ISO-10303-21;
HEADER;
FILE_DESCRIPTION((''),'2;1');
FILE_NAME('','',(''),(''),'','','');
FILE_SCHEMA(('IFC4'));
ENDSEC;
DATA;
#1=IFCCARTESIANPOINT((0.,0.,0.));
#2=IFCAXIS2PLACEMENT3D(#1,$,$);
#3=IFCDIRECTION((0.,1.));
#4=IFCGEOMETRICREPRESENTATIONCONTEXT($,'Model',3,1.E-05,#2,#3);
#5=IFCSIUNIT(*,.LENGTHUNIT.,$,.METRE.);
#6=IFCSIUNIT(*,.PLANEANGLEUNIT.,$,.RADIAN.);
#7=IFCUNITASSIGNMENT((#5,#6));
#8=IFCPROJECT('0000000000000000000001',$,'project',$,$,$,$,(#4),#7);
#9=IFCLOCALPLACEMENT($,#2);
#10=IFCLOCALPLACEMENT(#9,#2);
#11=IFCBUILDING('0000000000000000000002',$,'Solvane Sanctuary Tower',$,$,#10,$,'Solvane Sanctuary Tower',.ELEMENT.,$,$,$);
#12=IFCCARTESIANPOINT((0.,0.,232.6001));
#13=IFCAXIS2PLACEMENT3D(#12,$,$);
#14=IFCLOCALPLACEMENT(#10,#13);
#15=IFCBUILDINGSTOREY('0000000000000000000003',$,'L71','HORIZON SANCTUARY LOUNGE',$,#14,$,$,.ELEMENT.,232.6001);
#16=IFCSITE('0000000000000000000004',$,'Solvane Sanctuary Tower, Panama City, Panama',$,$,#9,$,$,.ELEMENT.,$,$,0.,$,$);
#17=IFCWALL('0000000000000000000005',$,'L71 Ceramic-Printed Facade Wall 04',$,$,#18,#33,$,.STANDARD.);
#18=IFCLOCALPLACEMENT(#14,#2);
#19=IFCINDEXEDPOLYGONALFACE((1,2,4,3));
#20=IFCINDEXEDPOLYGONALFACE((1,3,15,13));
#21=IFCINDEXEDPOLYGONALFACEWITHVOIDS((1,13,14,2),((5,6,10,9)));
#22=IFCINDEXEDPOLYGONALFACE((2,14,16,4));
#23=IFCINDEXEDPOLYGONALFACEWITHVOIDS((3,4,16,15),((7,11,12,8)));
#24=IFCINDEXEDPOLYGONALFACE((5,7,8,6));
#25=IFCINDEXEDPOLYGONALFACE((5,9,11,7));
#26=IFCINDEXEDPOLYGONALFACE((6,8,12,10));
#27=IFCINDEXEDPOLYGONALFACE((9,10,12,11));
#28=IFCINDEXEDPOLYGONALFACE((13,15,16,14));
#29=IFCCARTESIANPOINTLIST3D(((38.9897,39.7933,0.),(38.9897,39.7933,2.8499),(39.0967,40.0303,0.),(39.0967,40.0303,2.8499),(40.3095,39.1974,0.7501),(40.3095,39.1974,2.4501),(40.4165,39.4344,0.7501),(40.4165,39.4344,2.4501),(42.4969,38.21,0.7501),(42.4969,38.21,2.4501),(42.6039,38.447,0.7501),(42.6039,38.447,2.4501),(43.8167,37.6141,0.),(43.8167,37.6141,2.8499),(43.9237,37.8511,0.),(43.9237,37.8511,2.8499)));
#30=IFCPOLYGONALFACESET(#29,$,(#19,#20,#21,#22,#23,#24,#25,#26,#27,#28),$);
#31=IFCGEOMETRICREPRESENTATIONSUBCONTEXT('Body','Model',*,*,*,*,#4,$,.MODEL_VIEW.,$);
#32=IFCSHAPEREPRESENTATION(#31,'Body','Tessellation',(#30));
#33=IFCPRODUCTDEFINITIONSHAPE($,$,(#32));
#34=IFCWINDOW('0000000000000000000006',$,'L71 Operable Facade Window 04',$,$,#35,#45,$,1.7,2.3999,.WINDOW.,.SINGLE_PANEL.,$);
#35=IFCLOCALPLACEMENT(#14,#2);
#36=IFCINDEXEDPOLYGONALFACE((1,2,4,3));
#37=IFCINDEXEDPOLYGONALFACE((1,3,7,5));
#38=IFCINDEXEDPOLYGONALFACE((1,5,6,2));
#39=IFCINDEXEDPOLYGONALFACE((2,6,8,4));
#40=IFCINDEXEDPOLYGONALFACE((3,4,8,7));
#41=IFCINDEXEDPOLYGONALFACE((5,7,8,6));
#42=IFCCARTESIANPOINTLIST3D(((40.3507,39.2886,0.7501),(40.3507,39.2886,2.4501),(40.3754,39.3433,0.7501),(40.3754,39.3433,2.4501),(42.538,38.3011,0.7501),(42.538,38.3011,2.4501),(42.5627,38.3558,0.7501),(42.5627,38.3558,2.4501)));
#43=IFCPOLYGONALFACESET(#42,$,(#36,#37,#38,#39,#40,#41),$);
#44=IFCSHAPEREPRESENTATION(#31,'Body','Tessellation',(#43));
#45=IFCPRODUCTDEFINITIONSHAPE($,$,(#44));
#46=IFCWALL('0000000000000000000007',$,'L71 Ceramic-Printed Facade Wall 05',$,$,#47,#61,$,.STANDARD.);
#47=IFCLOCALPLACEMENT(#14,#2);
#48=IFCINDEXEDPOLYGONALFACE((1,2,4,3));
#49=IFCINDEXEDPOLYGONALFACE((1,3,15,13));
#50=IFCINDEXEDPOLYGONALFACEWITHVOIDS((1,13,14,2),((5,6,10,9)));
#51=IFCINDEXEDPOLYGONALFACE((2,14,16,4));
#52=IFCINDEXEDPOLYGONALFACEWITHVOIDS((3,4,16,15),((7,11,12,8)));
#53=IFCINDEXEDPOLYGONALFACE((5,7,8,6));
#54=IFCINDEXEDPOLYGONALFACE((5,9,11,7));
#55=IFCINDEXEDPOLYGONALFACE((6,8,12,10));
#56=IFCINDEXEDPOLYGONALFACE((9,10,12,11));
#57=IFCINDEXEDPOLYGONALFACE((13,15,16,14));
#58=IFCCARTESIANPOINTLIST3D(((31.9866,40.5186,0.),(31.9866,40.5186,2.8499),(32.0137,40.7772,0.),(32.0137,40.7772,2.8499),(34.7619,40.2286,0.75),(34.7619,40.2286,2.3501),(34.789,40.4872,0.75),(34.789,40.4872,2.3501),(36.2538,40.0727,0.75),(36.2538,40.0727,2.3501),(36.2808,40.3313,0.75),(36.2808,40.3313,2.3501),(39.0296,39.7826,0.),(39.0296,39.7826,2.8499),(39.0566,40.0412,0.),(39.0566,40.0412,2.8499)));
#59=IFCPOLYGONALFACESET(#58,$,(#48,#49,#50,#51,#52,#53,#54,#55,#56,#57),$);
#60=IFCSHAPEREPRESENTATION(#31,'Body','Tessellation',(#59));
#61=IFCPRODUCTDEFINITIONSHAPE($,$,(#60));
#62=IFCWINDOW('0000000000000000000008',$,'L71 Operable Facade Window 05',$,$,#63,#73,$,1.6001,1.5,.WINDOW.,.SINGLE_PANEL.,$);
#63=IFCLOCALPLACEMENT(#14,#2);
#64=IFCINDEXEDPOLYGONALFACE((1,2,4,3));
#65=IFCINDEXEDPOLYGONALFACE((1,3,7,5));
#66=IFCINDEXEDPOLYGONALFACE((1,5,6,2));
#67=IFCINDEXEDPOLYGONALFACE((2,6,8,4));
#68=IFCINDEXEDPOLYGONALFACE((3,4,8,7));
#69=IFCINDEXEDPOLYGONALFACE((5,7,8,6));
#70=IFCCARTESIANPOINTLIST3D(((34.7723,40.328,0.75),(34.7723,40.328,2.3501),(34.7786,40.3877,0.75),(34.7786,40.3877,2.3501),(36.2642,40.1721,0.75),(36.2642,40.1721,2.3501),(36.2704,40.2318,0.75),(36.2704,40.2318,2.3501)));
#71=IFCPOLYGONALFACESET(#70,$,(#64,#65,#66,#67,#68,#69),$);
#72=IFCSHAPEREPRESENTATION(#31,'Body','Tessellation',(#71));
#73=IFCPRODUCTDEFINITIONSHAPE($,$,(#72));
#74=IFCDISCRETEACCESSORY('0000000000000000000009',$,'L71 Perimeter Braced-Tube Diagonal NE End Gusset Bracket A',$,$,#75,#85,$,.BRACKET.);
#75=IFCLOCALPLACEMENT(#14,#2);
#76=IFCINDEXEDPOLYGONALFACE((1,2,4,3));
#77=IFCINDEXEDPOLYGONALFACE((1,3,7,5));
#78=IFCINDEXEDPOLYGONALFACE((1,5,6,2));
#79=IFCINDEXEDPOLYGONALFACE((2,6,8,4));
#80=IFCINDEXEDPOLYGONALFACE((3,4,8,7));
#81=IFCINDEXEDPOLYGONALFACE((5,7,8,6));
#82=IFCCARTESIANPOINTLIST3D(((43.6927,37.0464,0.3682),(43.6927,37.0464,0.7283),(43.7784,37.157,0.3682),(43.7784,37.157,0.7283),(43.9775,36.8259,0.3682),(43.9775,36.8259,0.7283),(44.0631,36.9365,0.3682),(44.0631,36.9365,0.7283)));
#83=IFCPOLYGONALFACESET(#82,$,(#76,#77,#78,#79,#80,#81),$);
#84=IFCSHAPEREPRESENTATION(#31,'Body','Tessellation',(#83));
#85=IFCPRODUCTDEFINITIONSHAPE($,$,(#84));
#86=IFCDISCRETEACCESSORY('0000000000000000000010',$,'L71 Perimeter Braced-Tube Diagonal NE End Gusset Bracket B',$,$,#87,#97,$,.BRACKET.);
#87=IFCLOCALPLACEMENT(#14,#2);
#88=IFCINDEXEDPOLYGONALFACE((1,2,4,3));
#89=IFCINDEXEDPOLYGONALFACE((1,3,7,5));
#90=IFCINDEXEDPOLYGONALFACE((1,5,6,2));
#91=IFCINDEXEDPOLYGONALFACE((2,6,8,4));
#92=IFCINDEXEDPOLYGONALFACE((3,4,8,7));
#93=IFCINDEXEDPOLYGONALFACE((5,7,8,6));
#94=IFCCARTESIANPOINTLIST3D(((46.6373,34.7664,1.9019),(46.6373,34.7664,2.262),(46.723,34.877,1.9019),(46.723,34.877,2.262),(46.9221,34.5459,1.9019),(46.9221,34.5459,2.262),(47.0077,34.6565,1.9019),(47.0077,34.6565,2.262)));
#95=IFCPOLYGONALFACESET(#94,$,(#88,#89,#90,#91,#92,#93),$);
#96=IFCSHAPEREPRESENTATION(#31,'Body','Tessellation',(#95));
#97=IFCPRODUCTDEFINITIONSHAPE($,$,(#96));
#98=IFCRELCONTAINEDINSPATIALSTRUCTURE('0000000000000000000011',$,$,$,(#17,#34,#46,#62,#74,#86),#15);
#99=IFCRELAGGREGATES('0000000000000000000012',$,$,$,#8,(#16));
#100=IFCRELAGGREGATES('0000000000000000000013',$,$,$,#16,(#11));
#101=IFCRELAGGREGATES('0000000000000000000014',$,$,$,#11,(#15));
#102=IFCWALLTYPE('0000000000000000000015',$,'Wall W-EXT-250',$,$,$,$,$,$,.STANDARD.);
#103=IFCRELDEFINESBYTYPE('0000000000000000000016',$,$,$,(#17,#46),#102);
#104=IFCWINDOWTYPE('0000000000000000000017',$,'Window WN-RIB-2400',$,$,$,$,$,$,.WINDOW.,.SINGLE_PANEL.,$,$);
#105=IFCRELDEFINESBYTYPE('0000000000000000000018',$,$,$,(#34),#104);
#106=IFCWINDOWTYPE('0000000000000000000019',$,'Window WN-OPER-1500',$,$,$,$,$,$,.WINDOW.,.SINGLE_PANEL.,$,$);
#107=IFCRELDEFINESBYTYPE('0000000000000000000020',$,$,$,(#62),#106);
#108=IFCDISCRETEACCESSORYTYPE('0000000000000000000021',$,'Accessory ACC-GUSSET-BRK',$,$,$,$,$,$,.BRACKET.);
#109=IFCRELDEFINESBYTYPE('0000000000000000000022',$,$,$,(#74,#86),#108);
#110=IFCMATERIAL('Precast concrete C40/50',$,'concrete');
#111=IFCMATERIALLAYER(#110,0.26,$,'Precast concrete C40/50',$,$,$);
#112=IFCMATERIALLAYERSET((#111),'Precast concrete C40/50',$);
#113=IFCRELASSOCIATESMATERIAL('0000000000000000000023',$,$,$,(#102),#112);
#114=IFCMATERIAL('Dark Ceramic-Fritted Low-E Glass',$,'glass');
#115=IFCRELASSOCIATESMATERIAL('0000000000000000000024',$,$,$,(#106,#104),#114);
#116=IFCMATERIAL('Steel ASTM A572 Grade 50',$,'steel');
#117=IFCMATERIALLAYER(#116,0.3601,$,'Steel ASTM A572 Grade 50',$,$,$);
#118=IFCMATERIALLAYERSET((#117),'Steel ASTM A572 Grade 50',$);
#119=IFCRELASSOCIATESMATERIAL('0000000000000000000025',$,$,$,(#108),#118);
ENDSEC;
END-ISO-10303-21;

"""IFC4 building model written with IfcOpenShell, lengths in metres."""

from ifc_helpers import new_model, si_unit, direction, frame, frame_2d, origin, origin_2d, place, context, subcontext, project, spatial, rectangle, extrude, material, layer, layer_set, type_object, element, fill, save


model = new_model("IFC4")

# Units and contexts
model_context = context("Model", 3, precision=1e-05, world=origin(), true_north=direction((0.0, 1.0)))
body_context = subcontext(model_context, "Body", "Model", "MODEL_VIEW")
ifc_project = project(units=[si_unit("LENGTHUNIT", "METRE"), si_unit("PLANEANGLEUNIT", "RADIAN")], contexts=[model_context])

# Site, building, storey
site_placement = place(None, origin())
site = spatial("IfcSite", under=ifc_project, at=site_placement, Name="Solvane Sanctuary Tower, Panama City, Panama", CompositionType="ELEMENT", RefElevation=0.0)
building_placement = place(site_placement, origin())
building = spatial("IfcBuilding", under=site, at=building_placement, Name="Solvane Sanctuary Tower", LongName="Solvane Sanctuary Tower", CompositionType="ELEMENT")
storey_placement = place(building_placement, frame((0.0, 0.0, 232.6001)))
storey = spatial("IfcBuildingStorey", under=building, at=storey_placement, Name="L71", Description="HORIZON SANCTUARY LOUNGE", CompositionType="ELEMENT", Elevation=232.6001)

# Shared definitions
ifc_material_1 = material(Name="Precast concrete C40/50", Category="concrete")
ifc_layer_1 = layer(ifc_material_1, 0.26, Name="Precast concrete C40/50")
ifc_layer_set_1 = layer_set([ifc_layer_1], Name="Precast concrete C40/50")
wall_type_1 = type_object("IfcWallType", Name="Wall W-EXT-250", PredefinedType="STANDARD", material=ifc_layer_set_1)
ifc_material_2 = material(Name="Dark Ceramic-Fritted Low-E Glass", Category="glass")
window_type_1 = type_object("IfcWindowType", Name="Window WN-OPER-1500", PartitioningType="SINGLE_PANEL", PredefinedType="WINDOW", material=ifc_material_2)

# Walls, openings, windows
wall_1_placement = place(storey_placement, frame((43.8701, 37.7327, 0.0), z_axis=(0.0, 0.0, 1.0), x_axis=(-0.911427, 0.411461, 0.0)))
wall_1 = element("IfcWall", 1, at=wall_1_placement, inside=storey, type_object=wall_type_1, Name="L71 Ceramic-Printed Facade Wall 04", PredefinedType="STANDARD", context=body_context, shape_type="SweptSolid", body=[
    extrude(rectangle(XDim=5.2961, YDim=0.26, at=frame_2d((2.6479, 0.0))), origin(), (0.0, 0.0, 1.0), 2.8499),
])
opening_1_placement = place(wall_1_placement, frame((1.448, 0.0, 0.75)))
opening_1 = element("IfcOpeningElement", 2, at=opening_1_placement, cuts=wall_1, PredefinedType="OPENING", context=body_context, shape_type="SweptSolid", body=[
    extrude(rectangle(XDim=2.3999, YDim=1.7, at=frame_2d((1.2, 0.8501))), frame((0.0, 0.1399, 0.0), z_axis=(0.0, -1.0, 0.0), x_axis=(1.0, 0.0, 0.0)), (0.0, 0.0, 1.0), 0.28),
])
window_type_2 = type_object("IfcWindowType", Name="Window WN-RIB-2400", PartitioningType="SINGLE_PANEL", PredefinedType="WINDOW", material=ifc_material_2)
window_1_placement = place(opening_1_placement, origin())
window_1 = element("IfcWindow", 3, at=window_1_placement, inside=storey, type_object=window_type_2, Name="L71 Operable Facade Window 04", OverallHeight=1.7, OverallWidth=2.3999, PartitioningType="SINGLE_PANEL", PredefinedType="WINDOW", context=body_context, shape_type="SweptSolid", body=[
    extrude(rectangle(XDim=2.3999, YDim=1.7, at=frame_2d((1.2, 0.8501))), frame((0.0, 0.03, 0.0), z_axis=(0.0, -1.0, 0.0), x_axis=(1.0, 0.0, 0.0)), (0.0, 0.0, 1.0), 0.0601),
])
fill(opening_1, window_1)
wall_2_placement = place(storey_placement, frame((39.043, 39.9119, 0.0), z_axis=(0.0, 0.0, 1.0), x_axis=(-0.994583, 0.103947, 0.0)))
wall_2 = element("IfcWall", 4, at=wall_2_placement, inside=storey, type_object=wall_type_1, Name="L71 Ceramic-Printed Facade Wall 05", PredefinedType="STANDARD", context=body_context, shape_type="SweptSolid", body=[
    extrude(rectangle(XDim=7.0813, YDim=0.26, at=frame_2d((3.5405, 0.0))), origin(), (0.0, 0.0, 1.0), 2.8499),
])
opening_2_placement = place(wall_2_placement, frame((2.7908, 0.0, 0.75)))
opening_2 = element("IfcOpeningElement", 5, at=opening_2_placement, cuts=wall_2, PredefinedType="OPENING", context=body_context, shape_type="SweptSolid", body=[
    extrude(rectangle(XDim=1.5, YDim=1.6001, at=frame_2d((0.75, 0.8))), frame((0.0, 0.1399, 0.0), z_axis=(0.0, -1.0, 0.0), x_axis=(1.0, 0.0, 0.0)), (0.0, 0.0, 1.0), 0.28),
])
window_2_placement = place(opening_2_placement, origin())
window_2 = element("IfcWindow", 6, at=window_2_placement, inside=storey, type_object=window_type_1, Name="L71 Operable Facade Window 05", OverallHeight=1.6001, OverallWidth=1.5, PartitioningType="SINGLE_PANEL", PredefinedType="WINDOW", context=body_context, shape_type="SweptSolid", body=[
    extrude(rectangle(XDim=1.5, YDim=1.6001, at=frame_2d((0.75, 0.8))), frame((0.0, 0.03, 0.0), z_axis=(0.0, -1.0, 0.0), x_axis=(1.0, 0.0, 0.0)), (0.0, 0.0, 1.0), 0.0601),
])
fill(opening_2, window_2)

# Discrete accessories
ifc_material_3 = material(Name="Steel ASTM A572 Grade 50", Category="steel")
ifc_layer_2 = layer(ifc_material_3, 0.3601, Name="Steel ASTM A572 Grade 50")
ifc_layer_set_2 = layer_set([ifc_layer_2], Name="Steel ASTM A572 Grade 50")
discrete_accessory_type = type_object("IfcDiscreteAccessoryType", Name="Accessory ACC-GUSSET-BRK", PredefinedType="BRACKET", material=ifc_layer_set_2)
for number, where, z_axis, x_axis, name in (
    (7, (43.8779, 36.9915, 0.3682), (0.0, 0.0, 1.0), (0.79069, -0.612217, 0.0), "L71 Perimeter Braced-Tube Diagonal NE End Gusset Bracket A"),
    (8, (46.8225, 34.7114, 1.9019), (0.0, 0.0, 1.0), (0.79069, -0.612217, 0.0), "L71 Perimeter Braced-Tube Diagonal NE End Gusset Bracket B"),
):
    element("IfcDiscreteAccessory", number, at=place(storey_placement, frame(where, z_axis=z_axis, x_axis=x_axis)), inside=storey, type_object=discrete_accessory_type, Name=name, PredefinedType="BRACKET", context=body_context, shape_type="SweptSolid", body=[
        extrude(rectangle(XDim=0.3601, YDim=0.1399, at=origin_2d()), origin(), (0.0, 0.0, 1.0), 0.3601),
    ])

save(model, "model.ifc")
